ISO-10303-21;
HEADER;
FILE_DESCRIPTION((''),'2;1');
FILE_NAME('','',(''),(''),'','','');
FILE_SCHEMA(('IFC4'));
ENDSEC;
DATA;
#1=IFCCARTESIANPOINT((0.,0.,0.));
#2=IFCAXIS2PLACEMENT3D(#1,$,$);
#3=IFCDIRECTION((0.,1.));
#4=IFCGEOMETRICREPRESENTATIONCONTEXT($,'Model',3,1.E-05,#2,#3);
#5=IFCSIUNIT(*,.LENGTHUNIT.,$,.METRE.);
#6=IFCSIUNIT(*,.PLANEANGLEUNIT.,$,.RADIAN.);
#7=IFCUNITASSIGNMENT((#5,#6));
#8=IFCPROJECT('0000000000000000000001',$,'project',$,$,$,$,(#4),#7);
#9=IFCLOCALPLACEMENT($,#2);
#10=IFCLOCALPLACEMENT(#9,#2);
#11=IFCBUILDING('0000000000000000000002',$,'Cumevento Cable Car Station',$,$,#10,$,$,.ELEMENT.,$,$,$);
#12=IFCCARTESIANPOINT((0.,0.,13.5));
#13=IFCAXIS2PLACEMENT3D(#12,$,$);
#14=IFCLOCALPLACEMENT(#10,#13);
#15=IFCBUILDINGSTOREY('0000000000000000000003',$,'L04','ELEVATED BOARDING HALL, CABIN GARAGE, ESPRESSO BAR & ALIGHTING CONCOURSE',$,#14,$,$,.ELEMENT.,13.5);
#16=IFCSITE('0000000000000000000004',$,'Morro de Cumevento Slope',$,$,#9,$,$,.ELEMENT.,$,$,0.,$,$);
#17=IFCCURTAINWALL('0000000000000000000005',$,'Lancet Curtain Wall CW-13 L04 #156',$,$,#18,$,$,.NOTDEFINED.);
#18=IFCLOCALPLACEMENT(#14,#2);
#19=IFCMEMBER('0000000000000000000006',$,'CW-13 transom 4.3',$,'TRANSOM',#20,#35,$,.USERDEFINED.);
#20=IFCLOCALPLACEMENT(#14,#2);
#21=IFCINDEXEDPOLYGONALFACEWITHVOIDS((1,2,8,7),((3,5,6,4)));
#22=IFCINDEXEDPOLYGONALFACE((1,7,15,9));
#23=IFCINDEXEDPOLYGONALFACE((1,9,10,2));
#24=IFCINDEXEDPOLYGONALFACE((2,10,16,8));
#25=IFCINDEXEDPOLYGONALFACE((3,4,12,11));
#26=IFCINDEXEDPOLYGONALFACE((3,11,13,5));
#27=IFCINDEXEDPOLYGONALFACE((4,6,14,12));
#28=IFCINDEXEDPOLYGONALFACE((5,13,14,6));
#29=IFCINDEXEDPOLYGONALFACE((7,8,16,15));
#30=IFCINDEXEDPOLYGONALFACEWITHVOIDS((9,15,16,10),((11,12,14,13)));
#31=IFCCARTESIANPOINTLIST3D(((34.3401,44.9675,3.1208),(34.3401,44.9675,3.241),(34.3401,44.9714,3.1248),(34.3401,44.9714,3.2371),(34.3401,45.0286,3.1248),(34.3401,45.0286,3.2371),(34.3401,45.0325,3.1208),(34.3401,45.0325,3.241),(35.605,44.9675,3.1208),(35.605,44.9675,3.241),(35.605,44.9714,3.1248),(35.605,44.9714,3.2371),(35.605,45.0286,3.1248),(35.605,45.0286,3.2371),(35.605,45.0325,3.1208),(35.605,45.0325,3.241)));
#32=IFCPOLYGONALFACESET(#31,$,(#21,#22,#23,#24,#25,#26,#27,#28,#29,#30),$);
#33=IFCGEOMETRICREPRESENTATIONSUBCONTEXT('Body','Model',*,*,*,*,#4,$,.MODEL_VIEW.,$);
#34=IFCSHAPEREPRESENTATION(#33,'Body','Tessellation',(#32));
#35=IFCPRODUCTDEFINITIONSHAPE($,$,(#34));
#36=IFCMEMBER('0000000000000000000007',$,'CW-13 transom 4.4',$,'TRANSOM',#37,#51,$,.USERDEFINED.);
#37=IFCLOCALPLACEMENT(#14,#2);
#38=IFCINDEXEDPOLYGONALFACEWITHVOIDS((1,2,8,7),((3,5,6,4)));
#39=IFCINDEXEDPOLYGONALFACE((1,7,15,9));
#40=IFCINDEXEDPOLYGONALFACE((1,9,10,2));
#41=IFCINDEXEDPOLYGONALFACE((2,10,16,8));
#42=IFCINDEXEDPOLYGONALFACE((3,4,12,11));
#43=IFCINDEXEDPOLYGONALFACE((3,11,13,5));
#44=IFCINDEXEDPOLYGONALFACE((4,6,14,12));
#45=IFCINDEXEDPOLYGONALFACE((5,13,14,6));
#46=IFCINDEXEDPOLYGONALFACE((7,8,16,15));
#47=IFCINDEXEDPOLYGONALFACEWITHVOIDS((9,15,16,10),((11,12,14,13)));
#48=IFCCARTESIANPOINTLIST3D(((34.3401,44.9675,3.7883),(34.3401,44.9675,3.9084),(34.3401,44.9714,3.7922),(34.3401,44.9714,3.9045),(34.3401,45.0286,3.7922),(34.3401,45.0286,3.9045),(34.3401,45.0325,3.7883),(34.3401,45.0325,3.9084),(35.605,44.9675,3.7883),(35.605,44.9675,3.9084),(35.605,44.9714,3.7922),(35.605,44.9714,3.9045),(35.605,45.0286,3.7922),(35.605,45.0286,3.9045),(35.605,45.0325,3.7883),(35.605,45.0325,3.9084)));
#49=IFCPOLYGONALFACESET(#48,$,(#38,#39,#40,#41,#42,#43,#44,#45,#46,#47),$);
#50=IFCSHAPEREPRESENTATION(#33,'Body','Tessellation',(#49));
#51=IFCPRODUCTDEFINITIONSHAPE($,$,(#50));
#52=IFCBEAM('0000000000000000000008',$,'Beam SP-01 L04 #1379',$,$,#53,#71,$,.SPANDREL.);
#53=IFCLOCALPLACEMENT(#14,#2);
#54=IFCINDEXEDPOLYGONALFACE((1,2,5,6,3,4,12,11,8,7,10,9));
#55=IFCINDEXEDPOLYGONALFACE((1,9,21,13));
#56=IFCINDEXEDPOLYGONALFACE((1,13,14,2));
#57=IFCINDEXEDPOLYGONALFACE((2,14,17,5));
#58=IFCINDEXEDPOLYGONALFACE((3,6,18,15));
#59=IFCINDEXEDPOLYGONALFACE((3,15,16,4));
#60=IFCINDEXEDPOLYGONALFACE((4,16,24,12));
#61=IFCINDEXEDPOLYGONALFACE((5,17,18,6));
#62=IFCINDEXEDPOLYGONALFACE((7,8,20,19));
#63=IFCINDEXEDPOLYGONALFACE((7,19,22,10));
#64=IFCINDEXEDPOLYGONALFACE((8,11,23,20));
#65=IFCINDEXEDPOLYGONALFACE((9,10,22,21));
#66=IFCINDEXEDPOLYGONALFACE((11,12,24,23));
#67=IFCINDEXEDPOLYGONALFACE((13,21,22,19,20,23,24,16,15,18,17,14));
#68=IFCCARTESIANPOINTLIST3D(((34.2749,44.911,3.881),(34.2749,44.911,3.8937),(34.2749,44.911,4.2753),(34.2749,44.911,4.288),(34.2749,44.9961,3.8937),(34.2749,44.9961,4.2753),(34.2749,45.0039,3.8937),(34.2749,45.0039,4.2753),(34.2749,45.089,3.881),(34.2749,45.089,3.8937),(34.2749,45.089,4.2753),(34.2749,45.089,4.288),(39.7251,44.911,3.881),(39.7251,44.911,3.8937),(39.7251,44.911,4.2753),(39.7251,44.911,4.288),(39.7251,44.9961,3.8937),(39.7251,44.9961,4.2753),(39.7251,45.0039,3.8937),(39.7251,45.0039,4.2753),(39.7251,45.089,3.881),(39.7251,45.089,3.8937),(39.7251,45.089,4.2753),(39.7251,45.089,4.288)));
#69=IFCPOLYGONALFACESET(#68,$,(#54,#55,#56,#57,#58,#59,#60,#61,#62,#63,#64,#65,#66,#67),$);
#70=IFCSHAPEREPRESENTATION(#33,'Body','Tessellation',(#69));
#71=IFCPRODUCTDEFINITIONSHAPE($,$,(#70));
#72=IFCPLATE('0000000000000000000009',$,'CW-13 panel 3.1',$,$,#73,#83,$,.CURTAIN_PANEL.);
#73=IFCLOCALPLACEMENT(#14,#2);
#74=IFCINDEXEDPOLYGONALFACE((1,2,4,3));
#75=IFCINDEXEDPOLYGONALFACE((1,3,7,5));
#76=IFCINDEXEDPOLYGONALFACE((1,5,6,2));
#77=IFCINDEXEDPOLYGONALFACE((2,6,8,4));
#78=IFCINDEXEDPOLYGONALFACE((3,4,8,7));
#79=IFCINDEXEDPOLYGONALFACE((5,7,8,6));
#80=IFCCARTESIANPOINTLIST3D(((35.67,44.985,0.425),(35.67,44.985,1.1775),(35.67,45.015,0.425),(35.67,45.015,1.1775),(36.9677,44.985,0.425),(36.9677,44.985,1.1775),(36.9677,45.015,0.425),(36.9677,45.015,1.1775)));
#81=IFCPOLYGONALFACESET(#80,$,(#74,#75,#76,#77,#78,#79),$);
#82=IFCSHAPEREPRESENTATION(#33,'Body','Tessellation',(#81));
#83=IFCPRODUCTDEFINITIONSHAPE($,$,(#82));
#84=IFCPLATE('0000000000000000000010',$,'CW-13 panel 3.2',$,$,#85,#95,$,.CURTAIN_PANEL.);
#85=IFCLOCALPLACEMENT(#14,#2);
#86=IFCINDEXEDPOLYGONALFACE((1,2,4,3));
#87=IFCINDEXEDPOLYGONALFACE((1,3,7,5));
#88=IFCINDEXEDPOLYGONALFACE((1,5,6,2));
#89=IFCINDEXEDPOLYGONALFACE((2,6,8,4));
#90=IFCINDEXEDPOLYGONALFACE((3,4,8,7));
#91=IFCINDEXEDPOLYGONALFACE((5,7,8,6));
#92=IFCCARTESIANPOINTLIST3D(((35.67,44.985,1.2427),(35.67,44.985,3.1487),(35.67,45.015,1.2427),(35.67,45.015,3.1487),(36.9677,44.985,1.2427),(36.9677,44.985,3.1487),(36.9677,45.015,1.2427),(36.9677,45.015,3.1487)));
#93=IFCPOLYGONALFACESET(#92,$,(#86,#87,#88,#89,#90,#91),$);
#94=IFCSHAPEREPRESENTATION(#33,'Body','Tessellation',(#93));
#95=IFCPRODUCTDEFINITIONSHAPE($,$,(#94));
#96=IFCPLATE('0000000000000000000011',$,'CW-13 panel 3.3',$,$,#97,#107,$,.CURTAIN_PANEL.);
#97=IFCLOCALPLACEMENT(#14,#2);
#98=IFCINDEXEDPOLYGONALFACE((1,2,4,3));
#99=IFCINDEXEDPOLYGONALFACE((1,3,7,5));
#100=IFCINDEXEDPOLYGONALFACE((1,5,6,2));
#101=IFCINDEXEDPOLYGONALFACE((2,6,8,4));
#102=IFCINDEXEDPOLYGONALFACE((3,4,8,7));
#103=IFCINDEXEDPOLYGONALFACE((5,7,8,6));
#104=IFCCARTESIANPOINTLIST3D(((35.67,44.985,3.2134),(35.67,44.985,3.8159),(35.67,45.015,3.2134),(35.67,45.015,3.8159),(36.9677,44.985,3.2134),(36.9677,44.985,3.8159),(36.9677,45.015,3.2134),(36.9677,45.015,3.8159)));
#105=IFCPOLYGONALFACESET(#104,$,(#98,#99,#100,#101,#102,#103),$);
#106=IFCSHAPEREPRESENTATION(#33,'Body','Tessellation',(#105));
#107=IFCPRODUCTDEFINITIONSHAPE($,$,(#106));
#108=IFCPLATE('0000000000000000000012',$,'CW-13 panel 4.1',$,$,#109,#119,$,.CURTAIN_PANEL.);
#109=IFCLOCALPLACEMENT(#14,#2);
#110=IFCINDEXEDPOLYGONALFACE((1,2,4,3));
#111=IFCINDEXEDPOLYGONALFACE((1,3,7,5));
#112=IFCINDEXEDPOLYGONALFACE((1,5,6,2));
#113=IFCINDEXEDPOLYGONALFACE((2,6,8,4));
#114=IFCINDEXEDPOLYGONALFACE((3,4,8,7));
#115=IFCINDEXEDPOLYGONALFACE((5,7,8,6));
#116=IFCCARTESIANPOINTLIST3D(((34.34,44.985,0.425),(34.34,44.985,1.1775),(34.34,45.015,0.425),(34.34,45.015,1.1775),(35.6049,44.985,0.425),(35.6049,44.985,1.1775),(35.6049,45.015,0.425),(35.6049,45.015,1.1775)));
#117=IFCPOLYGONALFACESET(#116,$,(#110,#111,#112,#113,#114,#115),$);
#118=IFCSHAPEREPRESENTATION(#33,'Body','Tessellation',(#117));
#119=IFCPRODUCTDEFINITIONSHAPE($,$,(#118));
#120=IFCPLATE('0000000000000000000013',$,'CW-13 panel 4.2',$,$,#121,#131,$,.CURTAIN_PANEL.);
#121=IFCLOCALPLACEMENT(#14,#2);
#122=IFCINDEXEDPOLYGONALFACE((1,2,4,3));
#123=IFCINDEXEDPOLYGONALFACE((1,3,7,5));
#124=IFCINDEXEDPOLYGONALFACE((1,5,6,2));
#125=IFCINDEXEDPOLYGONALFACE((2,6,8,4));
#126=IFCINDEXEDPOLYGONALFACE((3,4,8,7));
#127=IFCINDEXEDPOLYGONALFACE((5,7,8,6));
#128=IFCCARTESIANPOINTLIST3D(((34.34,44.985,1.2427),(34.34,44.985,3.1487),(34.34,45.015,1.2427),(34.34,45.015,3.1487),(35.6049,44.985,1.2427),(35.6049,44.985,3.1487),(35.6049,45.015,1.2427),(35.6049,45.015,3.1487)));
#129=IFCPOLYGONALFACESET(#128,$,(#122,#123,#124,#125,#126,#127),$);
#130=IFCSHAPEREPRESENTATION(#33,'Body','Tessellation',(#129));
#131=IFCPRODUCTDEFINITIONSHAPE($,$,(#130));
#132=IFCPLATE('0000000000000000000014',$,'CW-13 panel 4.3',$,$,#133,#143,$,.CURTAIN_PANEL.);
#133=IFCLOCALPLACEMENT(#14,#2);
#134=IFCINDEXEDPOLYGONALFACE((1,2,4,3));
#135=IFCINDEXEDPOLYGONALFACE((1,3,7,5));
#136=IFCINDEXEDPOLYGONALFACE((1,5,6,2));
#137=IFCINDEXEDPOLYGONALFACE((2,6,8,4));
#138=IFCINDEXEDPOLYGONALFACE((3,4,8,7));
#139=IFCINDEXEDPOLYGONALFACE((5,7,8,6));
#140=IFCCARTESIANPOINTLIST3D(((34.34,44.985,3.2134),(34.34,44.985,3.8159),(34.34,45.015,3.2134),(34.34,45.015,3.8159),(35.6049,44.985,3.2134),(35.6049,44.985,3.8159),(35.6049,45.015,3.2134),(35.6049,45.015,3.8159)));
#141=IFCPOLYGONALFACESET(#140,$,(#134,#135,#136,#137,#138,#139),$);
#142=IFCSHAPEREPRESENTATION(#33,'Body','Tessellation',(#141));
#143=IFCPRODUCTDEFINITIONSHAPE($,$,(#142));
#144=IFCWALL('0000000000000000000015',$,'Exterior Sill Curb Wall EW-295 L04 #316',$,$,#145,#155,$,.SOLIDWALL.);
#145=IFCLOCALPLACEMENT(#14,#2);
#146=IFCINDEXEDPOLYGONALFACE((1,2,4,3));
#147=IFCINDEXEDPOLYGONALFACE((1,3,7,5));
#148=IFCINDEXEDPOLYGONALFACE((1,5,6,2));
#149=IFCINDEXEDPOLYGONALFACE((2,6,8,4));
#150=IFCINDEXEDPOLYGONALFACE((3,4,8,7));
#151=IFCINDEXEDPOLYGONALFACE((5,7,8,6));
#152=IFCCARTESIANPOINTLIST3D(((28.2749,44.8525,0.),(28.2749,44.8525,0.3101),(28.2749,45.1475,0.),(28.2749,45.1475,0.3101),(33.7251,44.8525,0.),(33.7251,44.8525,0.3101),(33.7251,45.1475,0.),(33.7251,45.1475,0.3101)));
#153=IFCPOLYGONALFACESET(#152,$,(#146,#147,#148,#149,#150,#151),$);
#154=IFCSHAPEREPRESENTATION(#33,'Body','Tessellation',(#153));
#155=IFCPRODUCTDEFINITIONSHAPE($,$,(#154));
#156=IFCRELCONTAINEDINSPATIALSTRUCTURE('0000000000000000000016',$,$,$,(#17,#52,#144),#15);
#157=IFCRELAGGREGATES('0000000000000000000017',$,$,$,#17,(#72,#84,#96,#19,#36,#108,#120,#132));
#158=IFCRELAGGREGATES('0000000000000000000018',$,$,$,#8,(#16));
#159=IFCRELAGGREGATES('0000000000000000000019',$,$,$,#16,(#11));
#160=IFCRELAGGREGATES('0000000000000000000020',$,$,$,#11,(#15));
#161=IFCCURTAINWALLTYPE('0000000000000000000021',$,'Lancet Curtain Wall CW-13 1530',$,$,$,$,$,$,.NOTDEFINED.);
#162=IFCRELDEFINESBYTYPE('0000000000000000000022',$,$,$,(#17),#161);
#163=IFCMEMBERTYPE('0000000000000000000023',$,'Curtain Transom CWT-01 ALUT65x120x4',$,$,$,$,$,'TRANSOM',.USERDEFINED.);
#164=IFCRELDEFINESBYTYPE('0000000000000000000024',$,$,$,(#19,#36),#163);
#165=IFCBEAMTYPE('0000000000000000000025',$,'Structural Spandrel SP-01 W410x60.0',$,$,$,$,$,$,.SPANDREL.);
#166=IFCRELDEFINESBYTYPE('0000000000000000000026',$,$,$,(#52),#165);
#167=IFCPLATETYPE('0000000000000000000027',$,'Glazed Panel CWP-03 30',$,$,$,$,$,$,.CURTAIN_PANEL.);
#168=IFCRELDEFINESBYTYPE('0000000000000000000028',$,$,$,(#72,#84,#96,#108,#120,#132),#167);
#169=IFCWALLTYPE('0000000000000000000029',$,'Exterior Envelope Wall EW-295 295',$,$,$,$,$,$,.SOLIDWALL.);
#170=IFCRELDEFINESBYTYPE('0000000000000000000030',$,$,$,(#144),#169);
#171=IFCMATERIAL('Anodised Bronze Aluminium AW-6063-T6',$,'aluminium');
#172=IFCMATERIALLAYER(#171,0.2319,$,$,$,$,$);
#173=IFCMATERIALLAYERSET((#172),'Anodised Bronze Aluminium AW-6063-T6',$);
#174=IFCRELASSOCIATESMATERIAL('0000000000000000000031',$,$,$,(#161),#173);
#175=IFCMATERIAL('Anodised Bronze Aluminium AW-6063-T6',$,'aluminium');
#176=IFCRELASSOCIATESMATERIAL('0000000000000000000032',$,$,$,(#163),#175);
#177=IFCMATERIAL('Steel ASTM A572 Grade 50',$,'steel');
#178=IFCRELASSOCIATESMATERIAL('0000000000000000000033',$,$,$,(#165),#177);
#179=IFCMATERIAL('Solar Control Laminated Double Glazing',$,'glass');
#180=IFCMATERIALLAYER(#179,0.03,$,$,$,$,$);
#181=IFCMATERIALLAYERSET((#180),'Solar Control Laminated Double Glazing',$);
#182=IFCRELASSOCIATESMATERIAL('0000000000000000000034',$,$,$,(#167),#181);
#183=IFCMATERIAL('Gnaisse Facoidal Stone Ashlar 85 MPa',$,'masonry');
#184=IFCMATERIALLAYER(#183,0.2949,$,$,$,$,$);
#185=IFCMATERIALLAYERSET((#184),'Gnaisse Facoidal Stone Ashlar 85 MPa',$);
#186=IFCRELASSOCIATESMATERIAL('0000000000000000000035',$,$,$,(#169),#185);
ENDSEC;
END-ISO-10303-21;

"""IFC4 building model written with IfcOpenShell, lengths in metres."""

from ifc_helpers import new_model, si_unit, direction, frame, frame_2d, origin, origin_2d, place, context, subcontext, project, spatial, rectangle, hollow_rectangle, i_section, extrude, material, layer, layer_set, material_profile, profile_set, type_object, element, aggregate, save


model = new_model("IFC4")

# Units and contexts
model_context = context("Model", 3, precision=1e-05, world=origin(), true_north=direction((0.0, 1.0)))
body_context = subcontext(model_context, "Body", "Model", "MODEL_VIEW")
ifc_project = project(units=[si_unit("LENGTHUNIT", "METRE"), si_unit("PLANEANGLEUNIT", "RADIAN")], contexts=[model_context])

# Site, building, storey
site_placement = place(None, origin())
site = spatial("IfcSite", under=ifc_project, at=site_placement, Name="Morro de Cumevento Slope", CompositionType="ELEMENT", RefElevation=0.0)
building_placement = place(site_placement, origin())
building = spatial("IfcBuilding", under=site, at=building_placement, Name="Cumevento Cable Car Station", CompositionType="ELEMENT")
storey_placement = place(building_placement, frame((0.0, 0.0, 13.5)))
storey = spatial("IfcBuildingStorey", under=building, at=storey_placement, Name="L04", Description="ELEVATED BOARDING HALL, CABIN GARAGE, ESPRESSO BAR & ALIGHTING CONCOURSE", CompositionType="ELEMENT", Elevation=13.5)

# Curtain wall
ifc_material_1 = material(Name="Anodised Bronze Aluminium AW-6063-T6", Category="aluminium")
ifc_layer_1 = layer(ifc_material_1, 0.2319)
ifc_layer_set_1 = layer_set([ifc_layer_1], Name="Anodised Bronze Aluminium AW-6063-T6")
curtain_wall_type_1 = type_object("IfcCurtainWallType", Name="Lancet Curtain Wall CW-13 1530", PredefinedType="NOTDEFINED", material=ifc_layer_set_1)
curtain_wall_1_placement = place(storey_placement, origin())
curtain_wall_1 = element("IfcCurtainWall", 1, at=curtain_wall_1_placement, inside=storey, type_object=curtain_wall_type_1, Name="Lancet Curtain Wall CW-13 L04 #156", PredefinedType="NOTDEFINED")

# Members
ifc_material_2 = material(Name="Anodised Bronze Aluminium AW-6063-T6", Category="aluminium")
ifc_material_profile_1 = material_profile(ifc_material_2, hollow_rectangle(XDim=0.0649, YDim=0.1201, WallThickness=0.0039, at=origin_2d()), Name="ALUT65x120x4")
ifc_profile_set_1 = profile_set([ifc_material_profile_1], Name="Anodised Bronze Aluminium AW-6063-T6")
member_type_1 = type_object("IfcMemberType", Name="Curtain Transom CWT-01 ALUT65x120x4", ElementType="TRANSOM", PredefinedType="USERDEFINED", material=ifc_profile_set_1)
member_1_placement = place(storey_placement, frame((35.605, 45.0, 3.1809), z_axis=(-1.0, 0.0, 0.0), x_axis=(0.0, -1.0, 0.0)))
member_1 = element("IfcMember", 2, at=member_1_placement, type_object=member_type_1, Name="CW-13 transom 4.3", ObjectType="TRANSOM", PredefinedType="USERDEFINED", context=body_context, shape_type="SweptSolid", body=[
    extrude(hollow_rectangle(XDim=0.0649, YDim=0.1201, WallThickness=0.0039, at=origin_2d()), origin(), (0.0, 0.0, 1.0), 1.2649),
])
member_2_placement = place(storey_placement, frame((35.605, 45.0, 3.8484), z_axis=(-1.0, 0.0, 0.0), x_axis=(0.0, -1.0, 0.0)))
member_2 = element("IfcMember", 3, at=member_2_placement, type_object=member_type_1, Name="CW-13 transom 4.4", ObjectType="TRANSOM", PredefinedType="USERDEFINED", context=body_context, shape_type="SweptSolid", body=[
    extrude(hollow_rectangle(XDim=0.0649, YDim=0.1201, WallThickness=0.0039, at=origin_2d()), origin(), (0.0, 0.0, 1.0), 1.2649),
])

# Beam
ifc_material_3 = material(Name="Steel ASTM A572 Grade 50", Category="steel")
ifc_material_profile_2 = material_profile(ifc_material_3, i_section(OverallWidth=0.178, OverallDepth=0.407, WebThickness=0.0078, FlangeThickness=0.0127, at=origin_2d()), Name="W410x60.0")
ifc_profile_set_2 = profile_set([ifc_material_profile_2], Name="Steel ASTM A572 Grade 50")
beam_type = type_object("IfcBeamType", Name="Structural Spandrel SP-01 W410x60.0", PredefinedType="SPANDREL", material=ifc_profile_set_2)
beam_placement = place(storey_placement, frame((34.2749, 45.0, 4.0845), z_axis=(1.0, 0.0, 0.0), x_axis=(0.0, 1.0, 0.0)))
element("IfcBeam", 4, at=beam_placement, inside=storey, type_object=beam_type, Name="Beam SP-01 L04 #1379", PredefinedType="SPANDREL", context=body_context, shape_type="SweptSolid", body=[
    extrude(i_section(OverallWidth=0.178, OverallDepth=0.407, WebThickness=0.0078, FlangeThickness=0.0127, at=origin_2d()), origin(), (0.0, 0.0, 1.0), 5.4502),
])

# Plates
ifc_material_4 = material(Name="Solar Control Laminated Double Glazing", Category="glass")
ifc_layer_2 = layer(ifc_material_4, 0.03)
ifc_layer_set_2 = layer_set([ifc_layer_2], Name="Solar Control Laminated Double Glazing")
plate_type = type_object("IfcPlateType", Name="Glazed Panel CWP-03 30", PredefinedType="CURTAIN_PANEL", material=ifc_layer_set_2)
plate_1_placement = place(storey_placement, frame((36.3188, 45.0, 0.425), z_axis=(0.0, 0.0, 1.0), x_axis=(-1.0, 0.0, 0.0)))
plate_1 = element("IfcPlate", 5, at=plate_1_placement, type_object=plate_type, Name="CW-13 panel 3.1", PredefinedType="CURTAIN_PANEL", context=body_context, shape_type="SweptSolid", body=[
    extrude(rectangle(XDim=1.2976, YDim=0.03, at=origin_2d()), origin(), (0.0, 0.0, 1.0), 0.7524),
])
plate_2_placement = place(storey_placement, frame((36.3188, 45.0, 1.2427), z_axis=(0.0, 0.0, 1.0), x_axis=(-1.0, 0.0, 0.0)))
plate_2 = element("IfcPlate", 6, at=plate_2_placement, type_object=plate_type, Name="CW-13 panel 3.2", PredefinedType="CURTAIN_PANEL", context=body_context, shape_type="SweptSolid", body=[
    extrude(rectangle(XDim=1.2976, YDim=0.03, at=origin_2d()), origin(), (0.0, 0.0, 1.0), 1.906),
])
plate_3_placement = place(storey_placement, frame((36.3188, 45.0, 3.2134), z_axis=(0.0, 0.0, 1.0), x_axis=(-1.0, 0.0, 0.0)))
plate_3 = element("IfcPlate", 7, at=plate_3_placement, type_object=plate_type, Name="CW-13 panel 3.3", PredefinedType="CURTAIN_PANEL", context=body_context, shape_type="SweptSolid", body=[
    extrude(rectangle(XDim=1.2976, YDim=0.03, at=origin_2d()), origin(), (0.0, 0.0, 1.0), 0.6025),
])
plate_4_placement = place(storey_placement, frame((34.9724, 45.0, 0.425), z_axis=(0.0, 0.0, 1.0), x_axis=(-1.0, 0.0, 0.0)))
plate_4 = element("IfcPlate", 8, at=plate_4_placement, type_object=plate_type, Name="CW-13 panel 4.1", PredefinedType="CURTAIN_PANEL", context=body_context, shape_type="SweptSolid", body=[
    extrude(rectangle(XDim=1.2649, YDim=0.03, at=origin_2d()), origin(), (0.0, 0.0, 1.0), 0.7524),
])
plate_5_placement = place(storey_placement, frame((34.9724, 45.0, 1.2427), z_axis=(0.0, 0.0, 1.0), x_axis=(-1.0, 0.0, 0.0)))
plate_5 = element("IfcPlate", 9, at=plate_5_placement, type_object=plate_type, Name="CW-13 panel 4.2", PredefinedType="CURTAIN_PANEL", context=body_context, shape_type="SweptSolid", body=[
    extrude(rectangle(XDim=1.2649, YDim=0.03, at=origin_2d()), origin(), (0.0, 0.0, 1.0), 1.906),
])
plate_6_placement = place(storey_placement, frame((34.9724, 45.0, 3.2134), z_axis=(0.0, 0.0, 1.0), x_axis=(-1.0, 0.0, 0.0)))
plate_6 = element("IfcPlate", 10, at=plate_6_placement, type_object=plate_type, Name="CW-13 panel 4.3", PredefinedType="CURTAIN_PANEL", context=body_context, shape_type="SweptSolid", body=[
    extrude(rectangle(XDim=1.2649, YDim=0.03, at=origin_2d()), origin(), (0.0, 0.0, 1.0), 0.6025),
])
aggregate(curtain_wall_1, [plate_1, plate_2, plate_3, member_1, member_2, plate_4, plate_5, plate_6])

# Wall
ifc_material_5 = material(Name="Gnaisse Facoidal Stone Ashlar 85 MPa", Category="masonry")
ifc_layer_3 = layer(ifc_material_5, 0.2949)
ifc_layer_set_3 = layer_set([ifc_layer_3], Name="Gnaisse Facoidal Stone Ashlar 85 MPa")
wall_type = type_object("IfcWallType", Name="Exterior Envelope Wall EW-295 295", PredefinedType="SOLIDWALL", material=ifc_layer_set_3)
wall_placement = place(storey_placement, frame((33.7251, 45.0, 0.0), z_axis=(0.0, 0.0, 1.0), x_axis=(-1.0, 0.0, 0.0)))
element("IfcWall", 11, at=wall_placement, inside=storey, type_object=wall_type, Name="Exterior Sill Curb Wall EW-295 L04 #316", PredefinedType="SOLIDWALL", context=body_context, shape_type="SweptSolid", body=[
    extrude(rectangle(XDim=5.4502, YDim=0.2949, at=frame_2d((2.7251, 0.0))), origin(), (0.0, 0.0, 1.0), 0.3101),
])

save(model, "model.ifc")
